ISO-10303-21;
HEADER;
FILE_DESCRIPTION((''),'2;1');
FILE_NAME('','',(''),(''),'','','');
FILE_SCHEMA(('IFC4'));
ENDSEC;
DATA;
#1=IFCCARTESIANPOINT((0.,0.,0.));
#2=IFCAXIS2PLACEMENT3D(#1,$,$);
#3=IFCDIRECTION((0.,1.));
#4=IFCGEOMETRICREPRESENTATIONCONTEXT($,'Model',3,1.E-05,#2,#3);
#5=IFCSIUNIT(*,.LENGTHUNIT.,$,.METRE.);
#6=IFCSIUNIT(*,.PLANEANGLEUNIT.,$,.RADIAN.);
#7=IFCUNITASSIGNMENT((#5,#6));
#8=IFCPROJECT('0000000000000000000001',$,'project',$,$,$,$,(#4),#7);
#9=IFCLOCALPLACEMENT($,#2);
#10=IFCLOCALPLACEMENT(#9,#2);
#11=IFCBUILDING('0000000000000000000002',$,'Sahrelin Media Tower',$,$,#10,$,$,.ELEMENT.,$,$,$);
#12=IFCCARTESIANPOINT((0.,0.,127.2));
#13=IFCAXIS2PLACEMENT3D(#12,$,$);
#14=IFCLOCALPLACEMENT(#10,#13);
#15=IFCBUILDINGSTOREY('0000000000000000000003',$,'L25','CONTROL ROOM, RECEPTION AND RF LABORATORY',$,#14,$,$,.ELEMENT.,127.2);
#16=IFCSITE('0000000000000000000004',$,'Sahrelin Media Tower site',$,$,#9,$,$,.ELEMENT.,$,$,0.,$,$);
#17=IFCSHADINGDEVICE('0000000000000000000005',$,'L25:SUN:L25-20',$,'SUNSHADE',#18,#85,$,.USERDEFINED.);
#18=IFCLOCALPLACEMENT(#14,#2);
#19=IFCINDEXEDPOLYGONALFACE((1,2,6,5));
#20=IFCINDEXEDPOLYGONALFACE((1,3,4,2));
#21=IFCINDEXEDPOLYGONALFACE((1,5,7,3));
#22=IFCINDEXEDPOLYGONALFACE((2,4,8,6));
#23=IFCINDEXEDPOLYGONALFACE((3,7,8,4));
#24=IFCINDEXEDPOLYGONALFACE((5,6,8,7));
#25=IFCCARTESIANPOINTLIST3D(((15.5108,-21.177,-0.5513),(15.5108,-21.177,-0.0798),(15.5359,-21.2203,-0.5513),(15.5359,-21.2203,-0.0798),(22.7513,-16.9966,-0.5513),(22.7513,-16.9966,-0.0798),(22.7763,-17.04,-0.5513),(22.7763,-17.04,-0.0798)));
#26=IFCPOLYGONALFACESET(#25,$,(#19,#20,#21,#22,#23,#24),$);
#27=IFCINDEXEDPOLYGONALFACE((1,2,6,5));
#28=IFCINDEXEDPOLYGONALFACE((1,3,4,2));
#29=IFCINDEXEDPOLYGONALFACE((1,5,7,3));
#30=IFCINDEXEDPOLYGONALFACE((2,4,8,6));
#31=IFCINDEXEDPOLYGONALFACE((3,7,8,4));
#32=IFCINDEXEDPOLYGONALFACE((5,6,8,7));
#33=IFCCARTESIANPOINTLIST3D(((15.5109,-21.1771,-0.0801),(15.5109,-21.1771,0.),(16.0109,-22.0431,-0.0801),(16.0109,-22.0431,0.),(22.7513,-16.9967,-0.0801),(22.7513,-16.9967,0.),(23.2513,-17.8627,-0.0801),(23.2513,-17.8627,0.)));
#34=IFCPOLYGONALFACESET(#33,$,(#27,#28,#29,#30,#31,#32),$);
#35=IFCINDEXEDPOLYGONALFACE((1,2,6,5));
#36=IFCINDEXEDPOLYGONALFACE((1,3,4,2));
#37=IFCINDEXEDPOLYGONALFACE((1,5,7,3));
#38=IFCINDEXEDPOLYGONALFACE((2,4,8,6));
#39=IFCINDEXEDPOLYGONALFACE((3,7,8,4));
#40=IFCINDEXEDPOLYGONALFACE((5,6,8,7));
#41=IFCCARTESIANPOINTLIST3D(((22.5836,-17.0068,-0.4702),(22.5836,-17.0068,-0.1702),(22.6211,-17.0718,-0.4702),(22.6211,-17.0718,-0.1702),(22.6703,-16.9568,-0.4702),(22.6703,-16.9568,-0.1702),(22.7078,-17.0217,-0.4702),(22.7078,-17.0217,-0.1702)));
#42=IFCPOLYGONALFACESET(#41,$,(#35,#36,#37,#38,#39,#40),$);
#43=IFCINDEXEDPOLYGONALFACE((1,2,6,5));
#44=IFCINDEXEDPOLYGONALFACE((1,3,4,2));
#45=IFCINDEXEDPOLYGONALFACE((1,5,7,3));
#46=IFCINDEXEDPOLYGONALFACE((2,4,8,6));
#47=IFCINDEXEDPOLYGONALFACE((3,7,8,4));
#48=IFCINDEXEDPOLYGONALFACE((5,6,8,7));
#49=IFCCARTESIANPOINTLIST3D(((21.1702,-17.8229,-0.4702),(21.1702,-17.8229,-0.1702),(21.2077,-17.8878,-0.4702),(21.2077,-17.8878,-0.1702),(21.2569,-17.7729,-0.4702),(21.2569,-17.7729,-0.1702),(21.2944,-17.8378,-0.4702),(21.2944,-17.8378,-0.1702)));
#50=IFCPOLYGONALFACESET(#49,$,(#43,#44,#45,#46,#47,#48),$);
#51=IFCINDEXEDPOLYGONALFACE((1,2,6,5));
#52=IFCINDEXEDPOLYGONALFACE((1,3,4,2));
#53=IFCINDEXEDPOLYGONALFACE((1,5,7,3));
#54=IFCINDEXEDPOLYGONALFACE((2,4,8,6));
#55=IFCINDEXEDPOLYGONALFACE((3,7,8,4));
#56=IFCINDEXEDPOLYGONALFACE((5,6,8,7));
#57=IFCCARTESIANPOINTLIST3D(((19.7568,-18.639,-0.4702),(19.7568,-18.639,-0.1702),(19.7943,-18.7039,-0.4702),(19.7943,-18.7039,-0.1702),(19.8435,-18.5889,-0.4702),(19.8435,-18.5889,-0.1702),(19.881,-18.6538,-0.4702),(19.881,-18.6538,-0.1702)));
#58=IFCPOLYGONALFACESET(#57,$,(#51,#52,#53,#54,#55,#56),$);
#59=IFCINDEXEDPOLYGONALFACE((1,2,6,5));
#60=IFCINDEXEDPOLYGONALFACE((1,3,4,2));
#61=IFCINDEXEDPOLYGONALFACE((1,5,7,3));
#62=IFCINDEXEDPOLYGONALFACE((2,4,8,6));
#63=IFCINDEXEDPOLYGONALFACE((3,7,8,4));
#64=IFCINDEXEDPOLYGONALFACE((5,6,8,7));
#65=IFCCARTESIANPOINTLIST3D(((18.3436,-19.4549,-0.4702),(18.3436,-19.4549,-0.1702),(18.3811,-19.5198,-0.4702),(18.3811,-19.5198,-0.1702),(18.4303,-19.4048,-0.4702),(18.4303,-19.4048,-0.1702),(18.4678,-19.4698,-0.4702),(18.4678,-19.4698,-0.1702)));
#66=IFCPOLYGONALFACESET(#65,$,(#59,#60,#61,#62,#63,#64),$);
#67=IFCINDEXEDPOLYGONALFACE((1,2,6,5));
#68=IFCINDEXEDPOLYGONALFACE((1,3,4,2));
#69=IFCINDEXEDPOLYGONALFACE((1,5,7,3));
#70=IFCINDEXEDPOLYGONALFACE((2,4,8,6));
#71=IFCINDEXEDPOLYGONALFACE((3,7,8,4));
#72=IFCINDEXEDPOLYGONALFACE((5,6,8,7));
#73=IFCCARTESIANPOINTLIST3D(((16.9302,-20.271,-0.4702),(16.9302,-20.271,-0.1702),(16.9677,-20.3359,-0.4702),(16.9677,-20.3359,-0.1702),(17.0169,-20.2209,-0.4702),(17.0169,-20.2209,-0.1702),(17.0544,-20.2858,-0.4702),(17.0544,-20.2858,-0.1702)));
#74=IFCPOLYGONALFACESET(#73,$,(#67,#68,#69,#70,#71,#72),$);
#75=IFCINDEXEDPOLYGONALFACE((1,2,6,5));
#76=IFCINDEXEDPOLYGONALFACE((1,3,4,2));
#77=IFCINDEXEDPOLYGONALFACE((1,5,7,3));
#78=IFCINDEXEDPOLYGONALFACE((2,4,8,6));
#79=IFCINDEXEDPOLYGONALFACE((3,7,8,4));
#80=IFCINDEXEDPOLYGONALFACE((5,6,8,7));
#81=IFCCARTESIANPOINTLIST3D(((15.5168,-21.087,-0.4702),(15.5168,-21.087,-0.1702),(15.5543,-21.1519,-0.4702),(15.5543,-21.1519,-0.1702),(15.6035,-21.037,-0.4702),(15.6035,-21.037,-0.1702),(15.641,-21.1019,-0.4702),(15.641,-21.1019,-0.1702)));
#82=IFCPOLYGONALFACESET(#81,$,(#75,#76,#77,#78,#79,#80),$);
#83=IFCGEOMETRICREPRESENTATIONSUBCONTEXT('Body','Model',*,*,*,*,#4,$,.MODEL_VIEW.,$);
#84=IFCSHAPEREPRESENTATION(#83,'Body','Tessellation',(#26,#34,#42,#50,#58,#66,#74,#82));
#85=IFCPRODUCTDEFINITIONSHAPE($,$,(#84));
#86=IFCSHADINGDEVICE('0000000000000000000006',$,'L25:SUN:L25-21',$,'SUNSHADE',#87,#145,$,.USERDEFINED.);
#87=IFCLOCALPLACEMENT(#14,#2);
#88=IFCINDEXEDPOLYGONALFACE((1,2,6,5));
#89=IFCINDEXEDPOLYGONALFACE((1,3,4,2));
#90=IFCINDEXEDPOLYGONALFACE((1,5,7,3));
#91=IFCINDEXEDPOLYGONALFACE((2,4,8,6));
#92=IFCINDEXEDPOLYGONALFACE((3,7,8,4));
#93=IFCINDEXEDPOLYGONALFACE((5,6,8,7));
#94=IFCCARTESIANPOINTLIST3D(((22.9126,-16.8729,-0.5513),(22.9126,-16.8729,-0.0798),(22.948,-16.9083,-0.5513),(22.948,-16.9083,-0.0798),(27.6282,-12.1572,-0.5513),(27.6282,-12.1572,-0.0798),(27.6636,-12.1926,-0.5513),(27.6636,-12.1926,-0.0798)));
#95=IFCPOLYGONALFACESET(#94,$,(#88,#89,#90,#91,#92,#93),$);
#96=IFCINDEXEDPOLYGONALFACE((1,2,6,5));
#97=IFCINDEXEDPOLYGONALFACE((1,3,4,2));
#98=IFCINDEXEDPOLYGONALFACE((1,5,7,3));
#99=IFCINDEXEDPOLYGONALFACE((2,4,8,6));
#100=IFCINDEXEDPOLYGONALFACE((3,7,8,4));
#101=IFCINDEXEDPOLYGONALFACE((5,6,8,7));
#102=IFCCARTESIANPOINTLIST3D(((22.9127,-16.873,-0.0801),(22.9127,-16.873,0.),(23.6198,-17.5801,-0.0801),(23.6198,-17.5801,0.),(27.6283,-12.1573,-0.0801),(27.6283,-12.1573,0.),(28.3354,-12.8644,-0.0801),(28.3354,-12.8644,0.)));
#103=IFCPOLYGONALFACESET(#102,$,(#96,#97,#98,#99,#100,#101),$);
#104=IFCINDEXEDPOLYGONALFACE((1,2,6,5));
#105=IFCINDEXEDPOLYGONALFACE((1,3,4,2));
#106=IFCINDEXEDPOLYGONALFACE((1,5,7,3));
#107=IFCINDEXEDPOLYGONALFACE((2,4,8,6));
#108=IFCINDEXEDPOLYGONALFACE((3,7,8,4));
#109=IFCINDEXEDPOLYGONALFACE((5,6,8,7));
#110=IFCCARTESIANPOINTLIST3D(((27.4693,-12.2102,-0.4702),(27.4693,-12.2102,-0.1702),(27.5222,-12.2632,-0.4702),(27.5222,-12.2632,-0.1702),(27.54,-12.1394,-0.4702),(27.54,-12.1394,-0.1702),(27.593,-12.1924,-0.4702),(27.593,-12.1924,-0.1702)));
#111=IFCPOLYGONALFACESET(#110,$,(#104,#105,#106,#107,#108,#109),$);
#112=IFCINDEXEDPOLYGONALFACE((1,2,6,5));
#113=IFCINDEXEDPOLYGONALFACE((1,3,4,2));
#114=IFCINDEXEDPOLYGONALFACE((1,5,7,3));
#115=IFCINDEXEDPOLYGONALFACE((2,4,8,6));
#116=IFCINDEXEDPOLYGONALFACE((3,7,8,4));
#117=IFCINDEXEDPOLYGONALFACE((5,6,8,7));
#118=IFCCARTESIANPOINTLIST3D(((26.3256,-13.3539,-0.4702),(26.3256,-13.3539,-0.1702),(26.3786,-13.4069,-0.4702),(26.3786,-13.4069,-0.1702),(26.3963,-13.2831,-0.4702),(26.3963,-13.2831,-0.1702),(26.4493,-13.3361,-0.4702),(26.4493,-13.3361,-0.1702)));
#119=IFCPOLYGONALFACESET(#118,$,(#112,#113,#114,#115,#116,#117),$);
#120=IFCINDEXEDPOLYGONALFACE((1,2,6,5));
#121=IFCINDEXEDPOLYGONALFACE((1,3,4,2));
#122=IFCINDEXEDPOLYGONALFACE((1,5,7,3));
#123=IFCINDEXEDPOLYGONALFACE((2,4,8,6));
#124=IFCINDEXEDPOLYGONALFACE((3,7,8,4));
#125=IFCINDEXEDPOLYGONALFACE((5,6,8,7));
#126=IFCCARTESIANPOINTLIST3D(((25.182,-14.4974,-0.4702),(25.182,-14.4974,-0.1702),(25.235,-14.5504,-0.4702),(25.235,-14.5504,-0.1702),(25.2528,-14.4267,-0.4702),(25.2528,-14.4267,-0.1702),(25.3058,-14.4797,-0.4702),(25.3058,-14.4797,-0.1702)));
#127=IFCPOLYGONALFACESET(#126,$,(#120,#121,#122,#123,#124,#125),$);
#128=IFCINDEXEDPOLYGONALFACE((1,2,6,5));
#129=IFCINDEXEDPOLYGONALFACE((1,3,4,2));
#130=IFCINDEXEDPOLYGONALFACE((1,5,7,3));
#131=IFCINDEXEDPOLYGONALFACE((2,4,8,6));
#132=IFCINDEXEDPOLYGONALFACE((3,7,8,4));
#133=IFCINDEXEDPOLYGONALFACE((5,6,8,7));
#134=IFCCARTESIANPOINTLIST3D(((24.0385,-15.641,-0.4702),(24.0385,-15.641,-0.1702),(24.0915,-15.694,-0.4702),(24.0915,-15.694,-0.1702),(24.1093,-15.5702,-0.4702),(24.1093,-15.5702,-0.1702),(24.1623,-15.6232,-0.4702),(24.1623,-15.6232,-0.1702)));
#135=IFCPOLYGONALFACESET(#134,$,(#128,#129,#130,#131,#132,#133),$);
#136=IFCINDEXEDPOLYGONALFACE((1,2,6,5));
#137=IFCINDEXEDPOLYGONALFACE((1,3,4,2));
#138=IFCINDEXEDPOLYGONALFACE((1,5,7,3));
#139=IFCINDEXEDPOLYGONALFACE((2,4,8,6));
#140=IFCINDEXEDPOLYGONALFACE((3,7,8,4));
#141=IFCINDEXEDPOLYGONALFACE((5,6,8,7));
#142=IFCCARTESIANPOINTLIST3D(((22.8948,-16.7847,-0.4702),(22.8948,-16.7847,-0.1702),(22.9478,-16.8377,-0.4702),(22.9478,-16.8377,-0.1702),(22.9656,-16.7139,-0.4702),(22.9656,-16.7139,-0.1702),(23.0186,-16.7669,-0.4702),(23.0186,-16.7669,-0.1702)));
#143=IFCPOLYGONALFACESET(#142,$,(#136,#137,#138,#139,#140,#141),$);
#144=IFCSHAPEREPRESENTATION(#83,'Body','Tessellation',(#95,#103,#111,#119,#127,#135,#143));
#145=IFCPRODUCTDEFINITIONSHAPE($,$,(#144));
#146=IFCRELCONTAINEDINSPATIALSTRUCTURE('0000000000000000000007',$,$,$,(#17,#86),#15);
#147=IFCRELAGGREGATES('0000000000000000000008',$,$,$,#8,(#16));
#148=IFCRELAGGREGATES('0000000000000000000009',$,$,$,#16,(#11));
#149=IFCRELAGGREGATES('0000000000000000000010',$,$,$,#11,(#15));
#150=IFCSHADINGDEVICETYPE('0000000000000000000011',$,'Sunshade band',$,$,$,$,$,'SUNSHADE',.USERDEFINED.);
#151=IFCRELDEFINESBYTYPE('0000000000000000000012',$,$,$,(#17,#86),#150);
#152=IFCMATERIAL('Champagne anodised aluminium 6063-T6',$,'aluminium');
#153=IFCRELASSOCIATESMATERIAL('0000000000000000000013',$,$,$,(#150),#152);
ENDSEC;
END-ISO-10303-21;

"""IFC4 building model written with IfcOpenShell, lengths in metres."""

from ifc_helpers import new_model, si_unit, direction, frame, origin, origin_2d, place, context, subcontext, project, spatial, rectangle, extrude, material, type_object, element, save


model = new_model("IFC4")

# Units and contexts
model_context = context("Model", 3, precision=1e-05, world=origin(), true_north=direction((0.0, 1.0)))
body_context = subcontext(model_context, "Body", "Model", "MODEL_VIEW")
ifc_project = project(units=[si_unit("LENGTHUNIT", "METRE"), si_unit("PLANEANGLEUNIT", "RADIAN")], contexts=[model_context])

# Site, building, storey
site_placement = place(None, origin())
site = spatial("IfcSite", under=ifc_project, at=site_placement, Name="Sahrelin Media Tower site", CompositionType="ELEMENT", RefElevation=0.0)
building_placement = place(site_placement, origin())
building = spatial("IfcBuilding", under=site, at=building_placement, Name="Sahrelin Media Tower", CompositionType="ELEMENT")
storey_placement = place(building_placement, frame((0.0, 0.0, 127.2)))
storey = spatial("IfcBuildingStorey", under=building, at=storey_placement, Name="L25", Description="CONTROL ROOM, RECEPTION AND RF LABORATORY", CompositionType="ELEMENT", Elevation=127.2)

# Shared definitions
ifc_material_1 = material(Name="Champagne anodised aluminium 6063-T6", Category="aluminium")

# Shading devices
placement_1 = place(storey_placement, frame((19.1211, -19.0696, 0.0), z_axis=(0.0, 0.0, 1.0), x_axis=(-0.866019, -0.500011, 0.0)))
placement_2 = place(storey_placement, frame((25.2563, -14.501, 0.0), z_axis=(0.0, 0.0, 1.0), x_axis=(-0.707107, -0.707107, 0.0)))
shading_device_type_1 = type_object("IfcShadingDeviceType", Name="Sunshade band", ElementType="SUNSHADE", PredefinedType="USERDEFINED", material=ifc_material_1)
element("IfcShadingDevice", 1, at=placement_1, inside=storey, type_object=shading_device_type_1, Name="L25:SUN:L25-20", ObjectType="SUNSHADE", PredefinedType="USERDEFINED", context=body_context, shape_type="SweptSolid", body=[
    extrude(rectangle(XDim=8.3606, YDim=0.05, at=origin_2d()), frame((0.0, 0.0449, -0.5513)), (0.0, 0.0, 1.0), 0.4714),
    extrude(rectangle(XDim=8.3606, YDim=1.0, at=origin_2d()), frame((0.0, 0.52, -0.0801)), (0.0, 0.0, 1.0), 0.0801),
    extrude(rectangle(XDim=0.1001, YDim=0.075, at=origin_2d()), frame((-4.0801, -0.0176, -0.4702)), (0.0, 0.0, 1.0), 0.3),
    extrude(rectangle(XDim=0.1001, YDim=0.075, at=origin_2d()), frame((-2.448, -0.0176, -0.4702)), (0.0, 0.0, 1.0), 0.3),
    extrude(rectangle(XDim=0.1001, YDim=0.075, at=origin_2d()), frame((-0.8159, -0.0176, -0.4702)), (0.0, 0.0, 1.0), 0.3),
    extrude(rectangle(XDim=0.1001, YDim=0.075, at=origin_2d()), frame((0.8159, -0.0176, -0.4702)), (0.0, 0.0, 1.0), 0.3),
    extrude(rectangle(XDim=0.1001, YDim=0.075, at=origin_2d()), frame((2.448, -0.0176, -0.4702)), (0.0, 0.0, 1.0), 0.3),
    extrude(rectangle(XDim=0.1001, YDim=0.075, at=origin_2d()), frame((4.0801, -0.0176, -0.4702)), (0.0, 0.0, 1.0), 0.3),
])
element("IfcShadingDevice", 2, at=placement_2, inside=storey, type_object=shading_device_type_1, Name="L25:SUN:L25-21", ObjectType="SUNSHADE", PredefinedType="USERDEFINED", context=body_context, shape_type="SweptSolid", body=[
    extrude(rectangle(XDim=6.6689, YDim=0.05, at=origin_2d()), frame((0.0, 0.0449, -0.5513)), (0.0, 0.0, 1.0), 0.4714),
    extrude(rectangle(XDim=6.6689, YDim=1.0, at=origin_2d()), frame((0.0, 0.52, -0.0801)), (0.0, 0.0, 1.0), 0.0801),
    extrude(rectangle(XDim=0.1001, YDim=0.075, at=origin_2d()), frame((-3.2346, -0.0176, -0.4702)), (0.0, 0.0, 1.0), 0.3),
    extrude(rectangle(XDim=0.1001, YDim=0.075, at=origin_2d()), frame((-1.6172, -0.0176, -0.4702)), (0.0, 0.0, 1.0), 0.3),
    extrude(rectangle(XDim=0.1001, YDim=0.075, at=origin_2d()), frame((0.0, -0.0176, -0.4702)), (0.0, 0.0, 1.0), 0.3),
    extrude(rectangle(XDim=0.1001, YDim=0.075, at=origin_2d()), frame((1.6172, -0.0176, -0.4702)), (0.0, 0.0, 1.0), 0.3),
    extrude(rectangle(XDim=0.1001, YDim=0.075, at=origin_2d()), frame((3.2346, -0.0176, -0.4702)), (0.0, 0.0, 1.0), 0.3),
])

save(model, "model.ifc")
